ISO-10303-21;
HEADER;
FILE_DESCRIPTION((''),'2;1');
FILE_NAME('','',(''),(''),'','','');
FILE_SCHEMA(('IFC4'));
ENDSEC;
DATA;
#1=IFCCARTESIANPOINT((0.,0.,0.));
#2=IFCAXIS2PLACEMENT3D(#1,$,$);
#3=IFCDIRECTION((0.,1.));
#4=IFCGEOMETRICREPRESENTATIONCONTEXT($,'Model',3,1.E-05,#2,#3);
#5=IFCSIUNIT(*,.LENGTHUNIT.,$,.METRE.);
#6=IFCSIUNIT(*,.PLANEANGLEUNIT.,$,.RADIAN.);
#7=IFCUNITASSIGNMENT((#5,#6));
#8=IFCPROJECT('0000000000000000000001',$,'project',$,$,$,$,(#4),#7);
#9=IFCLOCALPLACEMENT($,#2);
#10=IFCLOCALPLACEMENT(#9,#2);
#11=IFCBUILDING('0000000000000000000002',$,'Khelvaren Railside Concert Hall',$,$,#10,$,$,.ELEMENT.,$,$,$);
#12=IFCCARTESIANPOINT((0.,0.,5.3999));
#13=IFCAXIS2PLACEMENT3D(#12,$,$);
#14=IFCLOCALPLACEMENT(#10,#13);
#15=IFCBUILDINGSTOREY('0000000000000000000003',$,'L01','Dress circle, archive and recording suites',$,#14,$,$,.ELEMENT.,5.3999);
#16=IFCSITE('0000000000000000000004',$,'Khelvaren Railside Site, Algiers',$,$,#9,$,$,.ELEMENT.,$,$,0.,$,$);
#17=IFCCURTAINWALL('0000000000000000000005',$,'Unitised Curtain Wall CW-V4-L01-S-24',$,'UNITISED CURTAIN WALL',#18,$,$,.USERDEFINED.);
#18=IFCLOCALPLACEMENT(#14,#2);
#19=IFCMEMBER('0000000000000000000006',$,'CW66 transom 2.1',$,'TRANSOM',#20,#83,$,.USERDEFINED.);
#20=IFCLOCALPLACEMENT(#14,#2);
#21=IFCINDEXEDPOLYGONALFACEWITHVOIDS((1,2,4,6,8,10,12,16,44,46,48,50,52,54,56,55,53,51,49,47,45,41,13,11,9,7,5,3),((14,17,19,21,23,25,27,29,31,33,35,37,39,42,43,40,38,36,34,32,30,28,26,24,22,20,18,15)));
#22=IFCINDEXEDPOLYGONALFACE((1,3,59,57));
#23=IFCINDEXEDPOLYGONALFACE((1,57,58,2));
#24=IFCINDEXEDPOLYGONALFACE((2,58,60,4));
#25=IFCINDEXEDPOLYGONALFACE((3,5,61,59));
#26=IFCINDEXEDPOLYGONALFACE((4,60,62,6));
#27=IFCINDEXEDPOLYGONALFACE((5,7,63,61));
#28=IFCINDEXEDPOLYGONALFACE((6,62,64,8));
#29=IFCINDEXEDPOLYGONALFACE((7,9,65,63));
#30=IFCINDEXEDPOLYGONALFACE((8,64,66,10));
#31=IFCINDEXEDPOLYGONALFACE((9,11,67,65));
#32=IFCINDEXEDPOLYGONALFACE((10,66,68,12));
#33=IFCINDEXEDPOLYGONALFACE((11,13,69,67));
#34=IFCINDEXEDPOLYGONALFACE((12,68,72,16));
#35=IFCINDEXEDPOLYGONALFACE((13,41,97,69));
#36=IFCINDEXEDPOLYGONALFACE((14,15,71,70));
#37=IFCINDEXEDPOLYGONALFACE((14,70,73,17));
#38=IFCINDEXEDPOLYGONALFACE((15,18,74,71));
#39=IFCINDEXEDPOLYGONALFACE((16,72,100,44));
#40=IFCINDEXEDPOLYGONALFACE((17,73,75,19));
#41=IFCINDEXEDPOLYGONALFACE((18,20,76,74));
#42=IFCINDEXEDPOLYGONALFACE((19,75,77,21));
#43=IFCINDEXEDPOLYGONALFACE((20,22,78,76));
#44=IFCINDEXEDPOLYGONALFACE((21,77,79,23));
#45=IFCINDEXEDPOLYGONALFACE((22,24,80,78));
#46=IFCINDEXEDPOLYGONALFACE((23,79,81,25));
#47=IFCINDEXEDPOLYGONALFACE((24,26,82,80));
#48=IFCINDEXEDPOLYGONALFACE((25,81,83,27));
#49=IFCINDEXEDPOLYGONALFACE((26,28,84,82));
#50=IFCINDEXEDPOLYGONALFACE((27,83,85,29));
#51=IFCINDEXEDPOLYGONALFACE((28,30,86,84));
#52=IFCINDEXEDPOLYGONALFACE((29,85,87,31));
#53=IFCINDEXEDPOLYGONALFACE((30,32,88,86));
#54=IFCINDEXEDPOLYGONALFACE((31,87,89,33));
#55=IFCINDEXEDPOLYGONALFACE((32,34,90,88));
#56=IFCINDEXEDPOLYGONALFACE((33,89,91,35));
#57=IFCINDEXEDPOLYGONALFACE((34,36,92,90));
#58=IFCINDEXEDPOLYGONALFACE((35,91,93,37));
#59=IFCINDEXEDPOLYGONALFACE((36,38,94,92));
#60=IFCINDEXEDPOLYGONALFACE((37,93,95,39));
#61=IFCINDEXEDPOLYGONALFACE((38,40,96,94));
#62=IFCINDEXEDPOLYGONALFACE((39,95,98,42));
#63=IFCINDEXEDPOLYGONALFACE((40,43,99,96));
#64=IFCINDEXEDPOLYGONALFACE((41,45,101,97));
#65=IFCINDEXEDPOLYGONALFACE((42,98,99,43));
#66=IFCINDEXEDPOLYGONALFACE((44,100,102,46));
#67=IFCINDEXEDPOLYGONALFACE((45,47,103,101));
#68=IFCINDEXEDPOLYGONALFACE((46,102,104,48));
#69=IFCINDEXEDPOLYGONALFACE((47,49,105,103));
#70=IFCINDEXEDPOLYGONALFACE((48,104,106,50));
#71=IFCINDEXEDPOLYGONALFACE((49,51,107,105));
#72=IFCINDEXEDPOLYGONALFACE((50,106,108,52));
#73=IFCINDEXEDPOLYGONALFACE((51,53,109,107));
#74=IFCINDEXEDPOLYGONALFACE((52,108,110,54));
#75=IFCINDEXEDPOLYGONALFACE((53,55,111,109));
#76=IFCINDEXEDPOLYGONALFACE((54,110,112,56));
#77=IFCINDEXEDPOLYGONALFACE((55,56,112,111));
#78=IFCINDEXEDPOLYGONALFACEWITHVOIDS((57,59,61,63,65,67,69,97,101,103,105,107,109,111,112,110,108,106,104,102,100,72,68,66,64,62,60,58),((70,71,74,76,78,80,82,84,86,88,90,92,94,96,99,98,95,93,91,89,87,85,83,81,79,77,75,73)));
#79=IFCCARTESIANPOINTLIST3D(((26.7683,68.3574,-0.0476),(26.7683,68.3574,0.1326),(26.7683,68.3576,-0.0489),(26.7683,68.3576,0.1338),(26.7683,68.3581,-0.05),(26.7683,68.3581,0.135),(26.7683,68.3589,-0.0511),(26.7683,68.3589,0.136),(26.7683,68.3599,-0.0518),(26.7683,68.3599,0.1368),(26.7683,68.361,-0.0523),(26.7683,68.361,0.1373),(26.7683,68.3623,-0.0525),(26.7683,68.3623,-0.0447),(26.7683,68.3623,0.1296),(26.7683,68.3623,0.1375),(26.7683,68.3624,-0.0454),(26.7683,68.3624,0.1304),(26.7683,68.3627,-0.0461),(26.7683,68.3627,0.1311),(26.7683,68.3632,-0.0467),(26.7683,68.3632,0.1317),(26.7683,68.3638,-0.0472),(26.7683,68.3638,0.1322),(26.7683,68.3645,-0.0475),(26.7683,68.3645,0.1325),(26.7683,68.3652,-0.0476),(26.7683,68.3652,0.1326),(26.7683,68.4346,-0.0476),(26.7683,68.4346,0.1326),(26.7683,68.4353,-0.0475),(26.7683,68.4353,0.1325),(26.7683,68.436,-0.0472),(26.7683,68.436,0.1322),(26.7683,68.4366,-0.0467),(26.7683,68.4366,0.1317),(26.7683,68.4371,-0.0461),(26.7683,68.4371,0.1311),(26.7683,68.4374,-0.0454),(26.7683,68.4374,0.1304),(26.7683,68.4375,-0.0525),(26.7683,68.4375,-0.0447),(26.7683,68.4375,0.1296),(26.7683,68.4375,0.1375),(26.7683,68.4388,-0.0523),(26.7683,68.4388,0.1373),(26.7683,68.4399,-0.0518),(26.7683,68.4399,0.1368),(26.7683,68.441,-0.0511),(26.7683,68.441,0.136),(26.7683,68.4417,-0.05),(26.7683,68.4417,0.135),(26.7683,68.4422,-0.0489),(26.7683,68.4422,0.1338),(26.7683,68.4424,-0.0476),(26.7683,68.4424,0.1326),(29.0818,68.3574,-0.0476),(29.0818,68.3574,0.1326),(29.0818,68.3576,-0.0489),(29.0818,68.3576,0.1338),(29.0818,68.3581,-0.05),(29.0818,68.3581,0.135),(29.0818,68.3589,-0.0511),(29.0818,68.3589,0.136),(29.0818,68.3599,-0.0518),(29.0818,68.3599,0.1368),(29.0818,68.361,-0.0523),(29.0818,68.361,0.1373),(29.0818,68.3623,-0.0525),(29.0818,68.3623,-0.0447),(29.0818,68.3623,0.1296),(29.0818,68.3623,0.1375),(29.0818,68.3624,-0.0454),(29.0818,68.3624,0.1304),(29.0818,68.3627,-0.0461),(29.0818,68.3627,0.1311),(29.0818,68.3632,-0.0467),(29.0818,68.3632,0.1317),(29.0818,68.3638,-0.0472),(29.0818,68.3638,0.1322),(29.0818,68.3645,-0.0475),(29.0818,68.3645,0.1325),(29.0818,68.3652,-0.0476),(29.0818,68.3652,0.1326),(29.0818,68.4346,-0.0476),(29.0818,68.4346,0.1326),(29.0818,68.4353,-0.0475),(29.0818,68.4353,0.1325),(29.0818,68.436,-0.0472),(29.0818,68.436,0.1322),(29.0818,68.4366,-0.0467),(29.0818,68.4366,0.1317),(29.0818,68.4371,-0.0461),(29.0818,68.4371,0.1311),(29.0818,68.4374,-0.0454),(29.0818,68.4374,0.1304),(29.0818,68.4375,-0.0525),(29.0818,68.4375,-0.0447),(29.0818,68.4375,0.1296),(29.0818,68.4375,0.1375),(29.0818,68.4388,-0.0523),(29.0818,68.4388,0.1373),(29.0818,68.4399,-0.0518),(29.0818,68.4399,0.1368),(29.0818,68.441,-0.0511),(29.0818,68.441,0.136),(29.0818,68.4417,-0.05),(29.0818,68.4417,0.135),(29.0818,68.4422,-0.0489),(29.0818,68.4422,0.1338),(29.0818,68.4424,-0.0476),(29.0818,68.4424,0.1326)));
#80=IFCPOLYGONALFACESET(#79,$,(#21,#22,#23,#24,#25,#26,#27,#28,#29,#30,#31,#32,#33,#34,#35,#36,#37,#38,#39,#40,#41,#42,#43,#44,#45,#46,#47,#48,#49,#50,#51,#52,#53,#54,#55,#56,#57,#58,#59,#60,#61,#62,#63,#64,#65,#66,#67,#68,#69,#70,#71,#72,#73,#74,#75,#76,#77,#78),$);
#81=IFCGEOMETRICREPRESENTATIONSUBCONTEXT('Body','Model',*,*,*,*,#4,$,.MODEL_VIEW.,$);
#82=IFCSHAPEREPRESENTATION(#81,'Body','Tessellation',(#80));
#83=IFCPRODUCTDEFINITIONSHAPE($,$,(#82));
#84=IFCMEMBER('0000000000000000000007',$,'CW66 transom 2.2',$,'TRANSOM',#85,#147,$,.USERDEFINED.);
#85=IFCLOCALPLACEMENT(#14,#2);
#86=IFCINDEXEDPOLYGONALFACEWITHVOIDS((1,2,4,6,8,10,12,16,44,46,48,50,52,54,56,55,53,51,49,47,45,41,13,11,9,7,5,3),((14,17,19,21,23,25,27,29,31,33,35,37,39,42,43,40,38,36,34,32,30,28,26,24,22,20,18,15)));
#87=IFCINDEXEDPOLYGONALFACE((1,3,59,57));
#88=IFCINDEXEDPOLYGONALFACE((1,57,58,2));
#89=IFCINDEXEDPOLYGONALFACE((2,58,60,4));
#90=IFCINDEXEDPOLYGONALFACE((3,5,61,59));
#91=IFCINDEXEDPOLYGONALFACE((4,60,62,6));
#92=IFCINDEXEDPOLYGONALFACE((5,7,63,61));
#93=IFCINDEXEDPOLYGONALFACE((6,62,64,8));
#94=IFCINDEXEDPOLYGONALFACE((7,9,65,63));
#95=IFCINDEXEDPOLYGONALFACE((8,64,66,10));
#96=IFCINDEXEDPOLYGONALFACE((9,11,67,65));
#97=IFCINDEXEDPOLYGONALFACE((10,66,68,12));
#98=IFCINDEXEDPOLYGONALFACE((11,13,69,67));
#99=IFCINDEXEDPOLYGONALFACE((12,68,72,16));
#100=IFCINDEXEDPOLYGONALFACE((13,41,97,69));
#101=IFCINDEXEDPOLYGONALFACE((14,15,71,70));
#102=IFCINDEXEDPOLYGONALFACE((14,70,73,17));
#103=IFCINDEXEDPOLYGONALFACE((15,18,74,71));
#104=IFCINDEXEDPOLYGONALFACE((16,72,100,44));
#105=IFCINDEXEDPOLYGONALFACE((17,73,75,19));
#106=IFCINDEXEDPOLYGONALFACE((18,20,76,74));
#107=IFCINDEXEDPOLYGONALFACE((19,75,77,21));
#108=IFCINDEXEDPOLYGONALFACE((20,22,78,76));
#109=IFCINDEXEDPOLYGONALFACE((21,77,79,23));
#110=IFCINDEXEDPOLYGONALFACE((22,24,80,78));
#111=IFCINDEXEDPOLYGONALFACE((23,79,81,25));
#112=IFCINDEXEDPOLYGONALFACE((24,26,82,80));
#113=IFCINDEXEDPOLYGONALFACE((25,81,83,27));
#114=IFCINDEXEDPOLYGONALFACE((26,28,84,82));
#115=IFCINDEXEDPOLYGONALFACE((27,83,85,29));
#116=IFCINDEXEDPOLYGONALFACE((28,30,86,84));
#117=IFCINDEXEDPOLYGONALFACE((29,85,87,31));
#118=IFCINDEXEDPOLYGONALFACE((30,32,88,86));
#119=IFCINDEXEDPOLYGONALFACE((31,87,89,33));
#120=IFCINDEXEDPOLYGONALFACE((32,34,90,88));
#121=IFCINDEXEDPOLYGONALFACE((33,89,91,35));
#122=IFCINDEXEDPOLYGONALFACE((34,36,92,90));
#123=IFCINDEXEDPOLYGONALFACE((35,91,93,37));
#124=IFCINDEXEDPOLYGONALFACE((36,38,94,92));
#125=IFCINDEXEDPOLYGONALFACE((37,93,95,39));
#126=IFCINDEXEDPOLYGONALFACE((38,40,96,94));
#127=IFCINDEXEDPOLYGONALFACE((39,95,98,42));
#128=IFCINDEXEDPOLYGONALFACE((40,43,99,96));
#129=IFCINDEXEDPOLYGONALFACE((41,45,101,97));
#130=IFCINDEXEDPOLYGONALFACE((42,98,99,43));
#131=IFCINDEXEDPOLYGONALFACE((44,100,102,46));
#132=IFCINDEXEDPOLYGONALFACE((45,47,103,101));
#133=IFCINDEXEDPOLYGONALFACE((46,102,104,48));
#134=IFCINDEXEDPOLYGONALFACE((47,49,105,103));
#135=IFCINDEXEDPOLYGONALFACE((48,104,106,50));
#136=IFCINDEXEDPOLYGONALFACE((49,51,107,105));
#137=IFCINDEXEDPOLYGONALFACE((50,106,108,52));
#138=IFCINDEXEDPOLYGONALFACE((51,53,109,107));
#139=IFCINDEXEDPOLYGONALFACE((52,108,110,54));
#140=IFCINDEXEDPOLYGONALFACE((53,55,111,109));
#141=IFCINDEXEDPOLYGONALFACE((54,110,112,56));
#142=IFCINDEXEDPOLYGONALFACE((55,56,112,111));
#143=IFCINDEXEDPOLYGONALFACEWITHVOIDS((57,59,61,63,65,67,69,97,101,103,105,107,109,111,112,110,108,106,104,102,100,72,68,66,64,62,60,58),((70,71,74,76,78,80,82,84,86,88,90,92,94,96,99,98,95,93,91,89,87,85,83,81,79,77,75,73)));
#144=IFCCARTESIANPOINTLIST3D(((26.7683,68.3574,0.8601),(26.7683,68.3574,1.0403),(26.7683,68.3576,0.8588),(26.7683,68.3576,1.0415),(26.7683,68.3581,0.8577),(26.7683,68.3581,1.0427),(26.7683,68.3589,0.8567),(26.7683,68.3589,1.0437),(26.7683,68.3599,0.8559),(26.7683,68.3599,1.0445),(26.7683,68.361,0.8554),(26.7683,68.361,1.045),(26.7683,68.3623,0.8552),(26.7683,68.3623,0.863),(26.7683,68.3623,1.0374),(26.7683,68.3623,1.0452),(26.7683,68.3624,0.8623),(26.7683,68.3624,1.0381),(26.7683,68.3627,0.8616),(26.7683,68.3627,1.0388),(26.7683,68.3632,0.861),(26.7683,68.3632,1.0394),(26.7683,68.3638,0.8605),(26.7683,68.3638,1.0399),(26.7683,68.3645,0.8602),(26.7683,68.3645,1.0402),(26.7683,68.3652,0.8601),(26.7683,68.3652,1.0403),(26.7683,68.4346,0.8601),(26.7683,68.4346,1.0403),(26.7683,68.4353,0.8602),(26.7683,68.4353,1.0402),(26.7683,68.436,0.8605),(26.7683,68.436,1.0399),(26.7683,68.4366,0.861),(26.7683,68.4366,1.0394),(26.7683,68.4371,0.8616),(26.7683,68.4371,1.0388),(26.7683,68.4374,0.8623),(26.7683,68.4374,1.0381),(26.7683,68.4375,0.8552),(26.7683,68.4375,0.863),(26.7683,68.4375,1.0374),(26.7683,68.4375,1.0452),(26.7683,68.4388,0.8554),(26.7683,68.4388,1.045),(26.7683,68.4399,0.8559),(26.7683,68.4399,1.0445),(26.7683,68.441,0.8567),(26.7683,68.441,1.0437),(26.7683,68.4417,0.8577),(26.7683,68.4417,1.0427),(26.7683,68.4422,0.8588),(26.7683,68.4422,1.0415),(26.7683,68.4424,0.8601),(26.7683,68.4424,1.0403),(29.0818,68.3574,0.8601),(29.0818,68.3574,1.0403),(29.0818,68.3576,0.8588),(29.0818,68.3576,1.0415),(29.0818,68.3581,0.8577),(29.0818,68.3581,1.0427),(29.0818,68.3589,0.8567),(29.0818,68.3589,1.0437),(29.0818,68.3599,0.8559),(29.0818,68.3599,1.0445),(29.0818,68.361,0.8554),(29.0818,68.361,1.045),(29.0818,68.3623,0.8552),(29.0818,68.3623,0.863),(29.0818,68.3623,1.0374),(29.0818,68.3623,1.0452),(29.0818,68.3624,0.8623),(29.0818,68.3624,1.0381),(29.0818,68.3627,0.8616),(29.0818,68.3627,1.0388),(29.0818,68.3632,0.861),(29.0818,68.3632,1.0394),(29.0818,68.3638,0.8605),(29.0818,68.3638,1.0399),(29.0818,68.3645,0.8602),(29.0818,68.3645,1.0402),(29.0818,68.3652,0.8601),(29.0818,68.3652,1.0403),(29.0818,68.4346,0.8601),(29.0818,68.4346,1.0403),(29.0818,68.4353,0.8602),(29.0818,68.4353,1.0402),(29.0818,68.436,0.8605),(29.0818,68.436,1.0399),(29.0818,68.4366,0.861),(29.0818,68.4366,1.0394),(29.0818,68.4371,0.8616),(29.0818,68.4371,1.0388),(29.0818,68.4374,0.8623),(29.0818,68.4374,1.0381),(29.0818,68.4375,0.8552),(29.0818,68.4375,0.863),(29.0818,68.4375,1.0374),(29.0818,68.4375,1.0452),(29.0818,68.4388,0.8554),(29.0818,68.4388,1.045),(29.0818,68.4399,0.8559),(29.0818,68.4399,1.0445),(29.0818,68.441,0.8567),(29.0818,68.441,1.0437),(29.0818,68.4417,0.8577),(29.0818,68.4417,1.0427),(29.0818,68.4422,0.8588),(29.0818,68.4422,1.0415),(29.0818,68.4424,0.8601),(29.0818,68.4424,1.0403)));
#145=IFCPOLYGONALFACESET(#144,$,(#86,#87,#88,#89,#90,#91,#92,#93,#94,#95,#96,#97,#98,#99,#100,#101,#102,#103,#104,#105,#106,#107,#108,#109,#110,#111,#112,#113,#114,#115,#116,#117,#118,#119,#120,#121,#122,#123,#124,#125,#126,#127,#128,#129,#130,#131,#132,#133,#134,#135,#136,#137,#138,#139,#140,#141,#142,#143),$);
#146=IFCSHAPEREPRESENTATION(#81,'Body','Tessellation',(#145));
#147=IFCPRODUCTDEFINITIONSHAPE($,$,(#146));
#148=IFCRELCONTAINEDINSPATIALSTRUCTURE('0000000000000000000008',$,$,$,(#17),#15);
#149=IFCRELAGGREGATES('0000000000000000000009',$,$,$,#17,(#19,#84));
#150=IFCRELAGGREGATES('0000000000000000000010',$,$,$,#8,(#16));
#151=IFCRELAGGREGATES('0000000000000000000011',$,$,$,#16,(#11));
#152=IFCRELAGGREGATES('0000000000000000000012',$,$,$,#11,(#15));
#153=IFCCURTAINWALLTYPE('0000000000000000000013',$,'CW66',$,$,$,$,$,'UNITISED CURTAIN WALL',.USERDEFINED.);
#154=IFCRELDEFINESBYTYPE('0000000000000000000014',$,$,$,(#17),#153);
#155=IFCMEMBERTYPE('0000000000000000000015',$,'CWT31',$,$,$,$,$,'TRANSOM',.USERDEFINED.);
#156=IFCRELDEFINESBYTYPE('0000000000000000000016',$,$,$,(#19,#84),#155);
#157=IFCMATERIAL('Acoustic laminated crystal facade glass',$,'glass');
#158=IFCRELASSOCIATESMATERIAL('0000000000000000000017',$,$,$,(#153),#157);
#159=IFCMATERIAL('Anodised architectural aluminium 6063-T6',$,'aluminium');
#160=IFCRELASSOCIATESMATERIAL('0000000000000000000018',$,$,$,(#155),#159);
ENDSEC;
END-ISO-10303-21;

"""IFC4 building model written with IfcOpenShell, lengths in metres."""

from ifc_helpers import new_model, si_unit, direction, frame, origin, origin_2d, place, context, subcontext, project, spatial, hollow_rectangle, extrude, material, material_profile, profile_set, type_object, element, aggregate, save


model = new_model("IFC4")

# Units and contexts
model_context = context("Model", 3, precision=1e-05, world=origin(), true_north=direction((0.0, 1.0)))
body_context = subcontext(model_context, "Body", "Model", "MODEL_VIEW")
ifc_project = project(units=[si_unit("LENGTHUNIT", "METRE"), si_unit("PLANEANGLEUNIT", "RADIAN")], contexts=[model_context])

# Site, building, storey
site_placement = place(None, origin())
site = spatial("IfcSite", under=ifc_project, at=site_placement, Name="Khelvaren Railside Site, Algiers", CompositionType="ELEMENT", RefElevation=0.0)
building_placement = place(site_placement, origin())
building = spatial("IfcBuilding", under=site, at=building_placement, Name="Khelvaren Railside Concert Hall", CompositionType="ELEMENT")
storey_placement = place(building_placement, frame((0.0, 0.0, 5.3999)))
storey = spatial("IfcBuildingStorey", under=building, at=storey_placement, Name="L01", Description="Dress circle, archive and recording suites", CompositionType="ELEMENT", Elevation=5.3999)

# Curtain wall, members
ifc_material_1 = material(Name="Acoustic laminated crystal facade glass", Category="glass")
curtain_wall_type = type_object("IfcCurtainWallType", Name="CW66", ElementType="UNITISED CURTAIN WALL", PredefinedType="USERDEFINED", material=ifc_material_1)
curtain_wall_placement = place(storey_placement, origin())
curtain_wall = element("IfcCurtainWall", 1, at=curtain_wall_placement, inside=storey, type_object=curtain_wall_type, Name="Unitised Curtain Wall CW-V4-L01-S-24", ObjectType="UNITISED CURTAIN WALL", PredefinedType="USERDEFINED")
ifc_material_2 = material(Name="Anodised architectural aluminium 6063-T6", Category="aluminium")
ifc_material_profile_1 = material_profile(ifc_material_2, hollow_rectangle(XDim=0.085, YDim=0.1899, WallThickness=0.0049, InnerFilletRadius=0.0029, OuterFilletRadius=0.0049, at=origin_2d()), Name="CWT 85x190x5")
ifc_profile_set_1 = profile_set([ifc_material_profile_1], Name="Anodised architectural aluminium 6063-T6")
member_type_1 = type_object("IfcMemberType", Name="CWT31", ElementType="TRANSOM", PredefinedType="USERDEFINED", material=ifc_profile_set_1)
member_1_placement = place(storey_placement, frame((29.0818, 68.3999, 0.0425), z_axis=(-1.0, 0.0, 0.0), x_axis=(0.0, -1.0, 0.0)))
member_1 = element("IfcMember", 2, at=member_1_placement, type_object=member_type_1, Name="CW66 transom 2.1", ObjectType="TRANSOM", PredefinedType="USERDEFINED", context=body_context, shape_type="SweptSolid", body=[
    extrude(hollow_rectangle(XDim=0.085, YDim=0.1899, WallThickness=0.0049, InnerFilletRadius=0.0029, OuterFilletRadius=0.0049, at=origin_2d()), origin(), (0.0, 0.0, 1.0), 2.3135),
])
member_2_placement = place(storey_placement, frame((29.0818, 68.3999, 0.9502), z_axis=(-1.0, 0.0, 0.0), x_axis=(0.0, -1.0, 0.0)))
member_2 = element("IfcMember", 3, at=member_2_placement, type_object=member_type_1, Name="CW66 transom 2.2", ObjectType="TRANSOM", PredefinedType="USERDEFINED", context=body_context, shape_type="SweptSolid", body=[
    extrude(hollow_rectangle(XDim=0.085, YDim=0.1899, WallThickness=0.0049, InnerFilletRadius=0.0029, OuterFilletRadius=0.0049, at=origin_2d()), origin(), (0.0, 0.0, 1.0), 2.3135),
])

aggregate(curtain_wall, [member_1, member_2])

save(model, "model.ifc")
